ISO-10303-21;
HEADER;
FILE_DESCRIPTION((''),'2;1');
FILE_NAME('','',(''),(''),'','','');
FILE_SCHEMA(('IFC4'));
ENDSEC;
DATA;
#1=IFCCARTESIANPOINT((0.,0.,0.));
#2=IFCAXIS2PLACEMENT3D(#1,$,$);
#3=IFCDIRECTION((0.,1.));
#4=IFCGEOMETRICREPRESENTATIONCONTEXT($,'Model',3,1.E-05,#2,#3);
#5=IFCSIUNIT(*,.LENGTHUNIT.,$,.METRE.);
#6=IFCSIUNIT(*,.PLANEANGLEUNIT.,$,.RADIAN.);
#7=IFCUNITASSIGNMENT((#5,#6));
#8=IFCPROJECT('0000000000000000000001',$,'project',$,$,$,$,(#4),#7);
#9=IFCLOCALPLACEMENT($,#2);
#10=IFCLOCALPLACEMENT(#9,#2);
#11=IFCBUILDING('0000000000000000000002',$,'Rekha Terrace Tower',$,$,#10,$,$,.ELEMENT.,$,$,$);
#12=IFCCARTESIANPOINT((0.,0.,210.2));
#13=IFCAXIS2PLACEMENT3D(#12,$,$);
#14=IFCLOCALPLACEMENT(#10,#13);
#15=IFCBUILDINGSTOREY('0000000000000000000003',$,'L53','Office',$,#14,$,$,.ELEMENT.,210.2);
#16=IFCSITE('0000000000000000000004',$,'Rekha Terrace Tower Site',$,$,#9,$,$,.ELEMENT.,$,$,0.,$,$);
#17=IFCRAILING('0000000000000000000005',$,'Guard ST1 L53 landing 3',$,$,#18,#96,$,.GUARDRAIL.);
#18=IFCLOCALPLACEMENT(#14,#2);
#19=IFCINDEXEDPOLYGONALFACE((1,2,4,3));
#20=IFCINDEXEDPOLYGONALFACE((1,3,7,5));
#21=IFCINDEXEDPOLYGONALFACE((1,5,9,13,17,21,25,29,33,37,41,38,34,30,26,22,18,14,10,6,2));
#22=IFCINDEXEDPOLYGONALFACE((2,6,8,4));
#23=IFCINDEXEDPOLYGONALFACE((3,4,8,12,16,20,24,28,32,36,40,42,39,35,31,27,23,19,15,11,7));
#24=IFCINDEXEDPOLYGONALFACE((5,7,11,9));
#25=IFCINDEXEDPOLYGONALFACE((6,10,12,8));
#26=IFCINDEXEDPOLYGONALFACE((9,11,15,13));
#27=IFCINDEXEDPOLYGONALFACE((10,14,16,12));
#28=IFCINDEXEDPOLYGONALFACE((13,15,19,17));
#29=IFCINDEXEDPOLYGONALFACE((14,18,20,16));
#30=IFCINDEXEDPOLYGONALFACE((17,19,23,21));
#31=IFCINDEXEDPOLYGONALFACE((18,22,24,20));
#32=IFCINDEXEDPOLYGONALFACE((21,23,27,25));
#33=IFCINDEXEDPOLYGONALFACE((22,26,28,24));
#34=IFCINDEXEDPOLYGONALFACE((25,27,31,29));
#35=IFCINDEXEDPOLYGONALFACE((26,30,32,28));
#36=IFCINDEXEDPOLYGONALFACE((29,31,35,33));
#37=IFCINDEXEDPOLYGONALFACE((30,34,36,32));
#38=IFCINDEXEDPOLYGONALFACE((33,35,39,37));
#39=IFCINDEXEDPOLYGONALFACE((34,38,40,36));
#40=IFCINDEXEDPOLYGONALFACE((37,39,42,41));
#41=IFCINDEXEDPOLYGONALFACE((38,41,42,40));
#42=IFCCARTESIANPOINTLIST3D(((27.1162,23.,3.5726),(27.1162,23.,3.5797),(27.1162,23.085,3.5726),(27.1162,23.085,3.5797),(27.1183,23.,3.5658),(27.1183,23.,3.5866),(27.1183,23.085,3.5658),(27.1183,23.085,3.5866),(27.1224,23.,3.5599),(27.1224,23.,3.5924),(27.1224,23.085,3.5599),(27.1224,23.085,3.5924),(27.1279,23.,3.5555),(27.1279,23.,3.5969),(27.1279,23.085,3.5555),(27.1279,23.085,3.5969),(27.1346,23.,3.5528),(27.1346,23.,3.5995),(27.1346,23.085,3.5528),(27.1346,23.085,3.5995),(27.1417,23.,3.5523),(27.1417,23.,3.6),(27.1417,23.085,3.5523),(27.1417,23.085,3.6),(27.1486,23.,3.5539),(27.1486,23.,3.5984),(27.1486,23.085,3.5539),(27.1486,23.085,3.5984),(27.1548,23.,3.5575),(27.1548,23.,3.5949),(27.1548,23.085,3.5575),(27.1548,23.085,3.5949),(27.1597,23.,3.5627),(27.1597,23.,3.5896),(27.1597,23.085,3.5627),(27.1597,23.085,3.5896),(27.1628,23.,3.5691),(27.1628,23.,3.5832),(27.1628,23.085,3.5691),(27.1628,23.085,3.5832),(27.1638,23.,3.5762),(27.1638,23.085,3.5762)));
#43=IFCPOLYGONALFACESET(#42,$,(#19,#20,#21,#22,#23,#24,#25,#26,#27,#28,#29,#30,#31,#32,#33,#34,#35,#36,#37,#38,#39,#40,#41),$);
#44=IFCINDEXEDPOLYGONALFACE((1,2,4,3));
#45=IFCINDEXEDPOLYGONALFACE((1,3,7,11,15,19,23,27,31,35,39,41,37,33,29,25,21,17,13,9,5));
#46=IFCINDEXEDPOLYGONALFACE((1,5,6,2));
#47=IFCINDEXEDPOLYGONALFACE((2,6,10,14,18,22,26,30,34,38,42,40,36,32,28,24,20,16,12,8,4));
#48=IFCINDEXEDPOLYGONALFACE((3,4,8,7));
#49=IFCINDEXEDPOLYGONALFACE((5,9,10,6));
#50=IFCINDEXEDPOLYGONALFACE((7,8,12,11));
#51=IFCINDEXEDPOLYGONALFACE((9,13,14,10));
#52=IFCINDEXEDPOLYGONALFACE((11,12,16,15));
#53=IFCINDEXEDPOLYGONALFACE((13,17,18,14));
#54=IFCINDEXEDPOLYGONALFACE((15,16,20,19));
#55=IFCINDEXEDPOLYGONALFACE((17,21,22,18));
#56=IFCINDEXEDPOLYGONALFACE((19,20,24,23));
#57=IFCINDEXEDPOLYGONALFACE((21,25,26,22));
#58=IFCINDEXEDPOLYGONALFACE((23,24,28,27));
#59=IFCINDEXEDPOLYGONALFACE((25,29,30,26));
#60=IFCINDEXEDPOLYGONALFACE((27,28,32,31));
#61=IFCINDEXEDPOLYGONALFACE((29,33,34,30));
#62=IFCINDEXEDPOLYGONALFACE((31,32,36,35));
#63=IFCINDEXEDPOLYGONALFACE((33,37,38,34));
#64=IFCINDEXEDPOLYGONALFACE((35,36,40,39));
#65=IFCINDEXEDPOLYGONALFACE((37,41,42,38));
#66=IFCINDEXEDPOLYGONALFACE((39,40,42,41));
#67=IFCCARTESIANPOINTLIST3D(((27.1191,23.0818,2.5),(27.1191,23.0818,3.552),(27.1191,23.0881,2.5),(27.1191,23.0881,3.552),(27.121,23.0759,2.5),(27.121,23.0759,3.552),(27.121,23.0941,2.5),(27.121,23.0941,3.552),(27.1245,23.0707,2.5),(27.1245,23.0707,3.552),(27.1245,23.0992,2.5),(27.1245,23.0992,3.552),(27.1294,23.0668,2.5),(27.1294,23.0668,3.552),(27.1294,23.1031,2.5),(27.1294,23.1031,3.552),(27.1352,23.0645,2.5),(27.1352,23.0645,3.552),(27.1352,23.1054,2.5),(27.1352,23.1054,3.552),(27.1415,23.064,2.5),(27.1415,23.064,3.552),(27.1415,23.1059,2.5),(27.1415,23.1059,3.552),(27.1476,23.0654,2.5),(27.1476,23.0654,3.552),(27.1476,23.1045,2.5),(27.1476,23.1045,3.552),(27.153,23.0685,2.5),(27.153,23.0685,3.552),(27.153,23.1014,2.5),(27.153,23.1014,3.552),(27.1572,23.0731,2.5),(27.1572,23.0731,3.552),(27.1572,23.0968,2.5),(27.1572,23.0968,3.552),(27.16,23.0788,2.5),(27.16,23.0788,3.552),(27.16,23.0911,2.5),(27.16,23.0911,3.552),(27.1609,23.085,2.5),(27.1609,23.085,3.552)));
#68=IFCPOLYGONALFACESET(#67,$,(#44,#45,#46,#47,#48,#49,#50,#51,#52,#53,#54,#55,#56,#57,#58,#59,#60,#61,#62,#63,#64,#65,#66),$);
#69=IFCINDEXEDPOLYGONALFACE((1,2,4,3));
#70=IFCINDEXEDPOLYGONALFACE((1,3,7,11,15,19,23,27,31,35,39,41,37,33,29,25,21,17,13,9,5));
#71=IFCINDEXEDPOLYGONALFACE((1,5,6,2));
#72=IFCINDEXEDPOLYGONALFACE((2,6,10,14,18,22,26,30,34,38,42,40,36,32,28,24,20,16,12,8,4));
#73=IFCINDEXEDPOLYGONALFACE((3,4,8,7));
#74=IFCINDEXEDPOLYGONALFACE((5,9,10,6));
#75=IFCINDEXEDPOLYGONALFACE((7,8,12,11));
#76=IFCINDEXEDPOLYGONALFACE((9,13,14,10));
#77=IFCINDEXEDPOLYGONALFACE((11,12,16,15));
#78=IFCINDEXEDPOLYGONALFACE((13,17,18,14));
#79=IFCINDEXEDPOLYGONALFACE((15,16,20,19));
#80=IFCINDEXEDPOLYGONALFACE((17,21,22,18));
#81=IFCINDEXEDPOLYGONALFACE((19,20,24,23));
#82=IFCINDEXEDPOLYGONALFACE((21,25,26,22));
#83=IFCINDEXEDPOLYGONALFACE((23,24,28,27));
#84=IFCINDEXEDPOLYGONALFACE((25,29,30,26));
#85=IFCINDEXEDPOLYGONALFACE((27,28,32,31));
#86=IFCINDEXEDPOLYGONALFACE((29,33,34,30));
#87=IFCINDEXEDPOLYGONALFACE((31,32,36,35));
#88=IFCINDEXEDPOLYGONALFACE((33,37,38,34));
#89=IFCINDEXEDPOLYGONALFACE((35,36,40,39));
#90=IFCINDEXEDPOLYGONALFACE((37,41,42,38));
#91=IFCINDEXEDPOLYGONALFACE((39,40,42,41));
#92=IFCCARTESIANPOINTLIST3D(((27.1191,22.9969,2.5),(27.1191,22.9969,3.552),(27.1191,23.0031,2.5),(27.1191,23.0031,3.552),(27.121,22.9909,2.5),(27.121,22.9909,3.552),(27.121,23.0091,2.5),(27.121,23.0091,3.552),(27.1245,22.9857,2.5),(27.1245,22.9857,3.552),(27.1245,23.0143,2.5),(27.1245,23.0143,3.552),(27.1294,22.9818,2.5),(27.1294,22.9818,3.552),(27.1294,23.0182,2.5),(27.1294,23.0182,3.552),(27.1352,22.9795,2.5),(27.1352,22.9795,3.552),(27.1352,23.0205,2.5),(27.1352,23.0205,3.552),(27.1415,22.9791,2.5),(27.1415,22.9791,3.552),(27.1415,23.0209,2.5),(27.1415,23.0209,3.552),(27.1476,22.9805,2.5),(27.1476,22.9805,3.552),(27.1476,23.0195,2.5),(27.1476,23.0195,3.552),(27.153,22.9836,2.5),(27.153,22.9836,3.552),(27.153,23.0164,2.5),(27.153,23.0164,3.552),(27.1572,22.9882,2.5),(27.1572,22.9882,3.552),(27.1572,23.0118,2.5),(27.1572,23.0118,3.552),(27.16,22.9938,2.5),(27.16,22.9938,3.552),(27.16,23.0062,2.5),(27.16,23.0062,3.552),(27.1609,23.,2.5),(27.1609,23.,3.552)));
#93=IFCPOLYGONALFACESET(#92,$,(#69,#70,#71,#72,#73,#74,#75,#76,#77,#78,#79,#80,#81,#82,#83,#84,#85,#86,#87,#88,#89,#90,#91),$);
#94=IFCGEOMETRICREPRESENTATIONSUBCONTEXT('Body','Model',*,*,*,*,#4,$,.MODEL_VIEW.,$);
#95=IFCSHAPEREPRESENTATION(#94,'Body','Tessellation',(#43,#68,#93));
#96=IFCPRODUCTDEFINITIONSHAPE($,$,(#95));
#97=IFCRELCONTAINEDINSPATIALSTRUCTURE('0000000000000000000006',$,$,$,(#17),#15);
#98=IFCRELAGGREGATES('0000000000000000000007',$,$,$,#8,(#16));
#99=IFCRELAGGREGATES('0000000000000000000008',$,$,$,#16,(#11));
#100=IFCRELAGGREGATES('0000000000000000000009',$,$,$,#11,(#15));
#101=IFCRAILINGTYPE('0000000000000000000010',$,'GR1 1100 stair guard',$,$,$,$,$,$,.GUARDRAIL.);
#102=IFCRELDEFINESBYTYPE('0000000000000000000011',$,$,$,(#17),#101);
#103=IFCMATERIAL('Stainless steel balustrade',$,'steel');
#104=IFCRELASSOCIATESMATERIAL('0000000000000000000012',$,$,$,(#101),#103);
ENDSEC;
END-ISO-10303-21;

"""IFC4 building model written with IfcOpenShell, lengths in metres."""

from ifc_helpers import new_model, si_unit, direction, frame, origin, origin_2d, place, context, subcontext, project, spatial, circle, extrude, material, type_object, element, save


model = new_model("IFC4")

# Units and contexts
model_context = context("Model", 3, precision=1e-05, world=origin(), true_north=direction((0.0, 1.0)))
body_context = subcontext(model_context, "Body", "Model", "MODEL_VIEW")
ifc_project = project(units=[si_unit("LENGTHUNIT", "METRE"), si_unit("PLANEANGLEUNIT", "RADIAN")], contexts=[model_context])

# Site, building, storey
site_placement = place(None, origin())
site = spatial("IfcSite", under=ifc_project, at=site_placement, Name="Rekha Terrace Tower Site", CompositionType="ELEMENT", RefElevation=0.0)
building_placement = place(site_placement, origin())
building = spatial("IfcBuilding", under=site, at=building_placement, Name="Rekha Terrace Tower", CompositionType="ELEMENT")
storey_placement = place(building_placement, frame((0.0, 0.0, 210.2)))
storey = spatial("IfcBuildingStorey", under=building, at=storey_placement, Name="L53", Description="Office", CompositionType="ELEMENT", Elevation=210.2)

# Railing
ifc_material_1 = material(Name="Stainless steel balustrade", Category="steel")
railing_type_1 = type_object("IfcRailingType", Name="GR1 1100 stair guard", PredefinedType="GUARDRAIL", material=ifc_material_1)
railing_1_placement = place(storey_placement, frame((27.1399, 23.085, 2.5)))
element("IfcRailing", 1, at=railing_1_placement, inside=storey, type_object=railing_type_1, Name="Guard ST1 L53 landing 3", PredefinedType="GUARDRAIL", context=body_context, shape_type="SweptSolid", body=[
    extrude(circle(Radius=0.0239, at=origin_2d()), frame((0.0, 0.0, 1.0762), z_axis=(0.0, -1.0, 0.0), x_axis=(1.0, 0.0, 0.0)), (0.0, 0.0, 1.0), 0.085),
    extrude(circle(Radius=0.021, at=origin_2d()), origin(), (0.0, 0.0, 1.0), 1.052),
    extrude(circle(Radius=0.021, at=origin_2d()), frame((0.0, -0.085, 0.0)), (0.0, 0.0, 1.0), 1.052),
])

save(model, "model.ifc")
